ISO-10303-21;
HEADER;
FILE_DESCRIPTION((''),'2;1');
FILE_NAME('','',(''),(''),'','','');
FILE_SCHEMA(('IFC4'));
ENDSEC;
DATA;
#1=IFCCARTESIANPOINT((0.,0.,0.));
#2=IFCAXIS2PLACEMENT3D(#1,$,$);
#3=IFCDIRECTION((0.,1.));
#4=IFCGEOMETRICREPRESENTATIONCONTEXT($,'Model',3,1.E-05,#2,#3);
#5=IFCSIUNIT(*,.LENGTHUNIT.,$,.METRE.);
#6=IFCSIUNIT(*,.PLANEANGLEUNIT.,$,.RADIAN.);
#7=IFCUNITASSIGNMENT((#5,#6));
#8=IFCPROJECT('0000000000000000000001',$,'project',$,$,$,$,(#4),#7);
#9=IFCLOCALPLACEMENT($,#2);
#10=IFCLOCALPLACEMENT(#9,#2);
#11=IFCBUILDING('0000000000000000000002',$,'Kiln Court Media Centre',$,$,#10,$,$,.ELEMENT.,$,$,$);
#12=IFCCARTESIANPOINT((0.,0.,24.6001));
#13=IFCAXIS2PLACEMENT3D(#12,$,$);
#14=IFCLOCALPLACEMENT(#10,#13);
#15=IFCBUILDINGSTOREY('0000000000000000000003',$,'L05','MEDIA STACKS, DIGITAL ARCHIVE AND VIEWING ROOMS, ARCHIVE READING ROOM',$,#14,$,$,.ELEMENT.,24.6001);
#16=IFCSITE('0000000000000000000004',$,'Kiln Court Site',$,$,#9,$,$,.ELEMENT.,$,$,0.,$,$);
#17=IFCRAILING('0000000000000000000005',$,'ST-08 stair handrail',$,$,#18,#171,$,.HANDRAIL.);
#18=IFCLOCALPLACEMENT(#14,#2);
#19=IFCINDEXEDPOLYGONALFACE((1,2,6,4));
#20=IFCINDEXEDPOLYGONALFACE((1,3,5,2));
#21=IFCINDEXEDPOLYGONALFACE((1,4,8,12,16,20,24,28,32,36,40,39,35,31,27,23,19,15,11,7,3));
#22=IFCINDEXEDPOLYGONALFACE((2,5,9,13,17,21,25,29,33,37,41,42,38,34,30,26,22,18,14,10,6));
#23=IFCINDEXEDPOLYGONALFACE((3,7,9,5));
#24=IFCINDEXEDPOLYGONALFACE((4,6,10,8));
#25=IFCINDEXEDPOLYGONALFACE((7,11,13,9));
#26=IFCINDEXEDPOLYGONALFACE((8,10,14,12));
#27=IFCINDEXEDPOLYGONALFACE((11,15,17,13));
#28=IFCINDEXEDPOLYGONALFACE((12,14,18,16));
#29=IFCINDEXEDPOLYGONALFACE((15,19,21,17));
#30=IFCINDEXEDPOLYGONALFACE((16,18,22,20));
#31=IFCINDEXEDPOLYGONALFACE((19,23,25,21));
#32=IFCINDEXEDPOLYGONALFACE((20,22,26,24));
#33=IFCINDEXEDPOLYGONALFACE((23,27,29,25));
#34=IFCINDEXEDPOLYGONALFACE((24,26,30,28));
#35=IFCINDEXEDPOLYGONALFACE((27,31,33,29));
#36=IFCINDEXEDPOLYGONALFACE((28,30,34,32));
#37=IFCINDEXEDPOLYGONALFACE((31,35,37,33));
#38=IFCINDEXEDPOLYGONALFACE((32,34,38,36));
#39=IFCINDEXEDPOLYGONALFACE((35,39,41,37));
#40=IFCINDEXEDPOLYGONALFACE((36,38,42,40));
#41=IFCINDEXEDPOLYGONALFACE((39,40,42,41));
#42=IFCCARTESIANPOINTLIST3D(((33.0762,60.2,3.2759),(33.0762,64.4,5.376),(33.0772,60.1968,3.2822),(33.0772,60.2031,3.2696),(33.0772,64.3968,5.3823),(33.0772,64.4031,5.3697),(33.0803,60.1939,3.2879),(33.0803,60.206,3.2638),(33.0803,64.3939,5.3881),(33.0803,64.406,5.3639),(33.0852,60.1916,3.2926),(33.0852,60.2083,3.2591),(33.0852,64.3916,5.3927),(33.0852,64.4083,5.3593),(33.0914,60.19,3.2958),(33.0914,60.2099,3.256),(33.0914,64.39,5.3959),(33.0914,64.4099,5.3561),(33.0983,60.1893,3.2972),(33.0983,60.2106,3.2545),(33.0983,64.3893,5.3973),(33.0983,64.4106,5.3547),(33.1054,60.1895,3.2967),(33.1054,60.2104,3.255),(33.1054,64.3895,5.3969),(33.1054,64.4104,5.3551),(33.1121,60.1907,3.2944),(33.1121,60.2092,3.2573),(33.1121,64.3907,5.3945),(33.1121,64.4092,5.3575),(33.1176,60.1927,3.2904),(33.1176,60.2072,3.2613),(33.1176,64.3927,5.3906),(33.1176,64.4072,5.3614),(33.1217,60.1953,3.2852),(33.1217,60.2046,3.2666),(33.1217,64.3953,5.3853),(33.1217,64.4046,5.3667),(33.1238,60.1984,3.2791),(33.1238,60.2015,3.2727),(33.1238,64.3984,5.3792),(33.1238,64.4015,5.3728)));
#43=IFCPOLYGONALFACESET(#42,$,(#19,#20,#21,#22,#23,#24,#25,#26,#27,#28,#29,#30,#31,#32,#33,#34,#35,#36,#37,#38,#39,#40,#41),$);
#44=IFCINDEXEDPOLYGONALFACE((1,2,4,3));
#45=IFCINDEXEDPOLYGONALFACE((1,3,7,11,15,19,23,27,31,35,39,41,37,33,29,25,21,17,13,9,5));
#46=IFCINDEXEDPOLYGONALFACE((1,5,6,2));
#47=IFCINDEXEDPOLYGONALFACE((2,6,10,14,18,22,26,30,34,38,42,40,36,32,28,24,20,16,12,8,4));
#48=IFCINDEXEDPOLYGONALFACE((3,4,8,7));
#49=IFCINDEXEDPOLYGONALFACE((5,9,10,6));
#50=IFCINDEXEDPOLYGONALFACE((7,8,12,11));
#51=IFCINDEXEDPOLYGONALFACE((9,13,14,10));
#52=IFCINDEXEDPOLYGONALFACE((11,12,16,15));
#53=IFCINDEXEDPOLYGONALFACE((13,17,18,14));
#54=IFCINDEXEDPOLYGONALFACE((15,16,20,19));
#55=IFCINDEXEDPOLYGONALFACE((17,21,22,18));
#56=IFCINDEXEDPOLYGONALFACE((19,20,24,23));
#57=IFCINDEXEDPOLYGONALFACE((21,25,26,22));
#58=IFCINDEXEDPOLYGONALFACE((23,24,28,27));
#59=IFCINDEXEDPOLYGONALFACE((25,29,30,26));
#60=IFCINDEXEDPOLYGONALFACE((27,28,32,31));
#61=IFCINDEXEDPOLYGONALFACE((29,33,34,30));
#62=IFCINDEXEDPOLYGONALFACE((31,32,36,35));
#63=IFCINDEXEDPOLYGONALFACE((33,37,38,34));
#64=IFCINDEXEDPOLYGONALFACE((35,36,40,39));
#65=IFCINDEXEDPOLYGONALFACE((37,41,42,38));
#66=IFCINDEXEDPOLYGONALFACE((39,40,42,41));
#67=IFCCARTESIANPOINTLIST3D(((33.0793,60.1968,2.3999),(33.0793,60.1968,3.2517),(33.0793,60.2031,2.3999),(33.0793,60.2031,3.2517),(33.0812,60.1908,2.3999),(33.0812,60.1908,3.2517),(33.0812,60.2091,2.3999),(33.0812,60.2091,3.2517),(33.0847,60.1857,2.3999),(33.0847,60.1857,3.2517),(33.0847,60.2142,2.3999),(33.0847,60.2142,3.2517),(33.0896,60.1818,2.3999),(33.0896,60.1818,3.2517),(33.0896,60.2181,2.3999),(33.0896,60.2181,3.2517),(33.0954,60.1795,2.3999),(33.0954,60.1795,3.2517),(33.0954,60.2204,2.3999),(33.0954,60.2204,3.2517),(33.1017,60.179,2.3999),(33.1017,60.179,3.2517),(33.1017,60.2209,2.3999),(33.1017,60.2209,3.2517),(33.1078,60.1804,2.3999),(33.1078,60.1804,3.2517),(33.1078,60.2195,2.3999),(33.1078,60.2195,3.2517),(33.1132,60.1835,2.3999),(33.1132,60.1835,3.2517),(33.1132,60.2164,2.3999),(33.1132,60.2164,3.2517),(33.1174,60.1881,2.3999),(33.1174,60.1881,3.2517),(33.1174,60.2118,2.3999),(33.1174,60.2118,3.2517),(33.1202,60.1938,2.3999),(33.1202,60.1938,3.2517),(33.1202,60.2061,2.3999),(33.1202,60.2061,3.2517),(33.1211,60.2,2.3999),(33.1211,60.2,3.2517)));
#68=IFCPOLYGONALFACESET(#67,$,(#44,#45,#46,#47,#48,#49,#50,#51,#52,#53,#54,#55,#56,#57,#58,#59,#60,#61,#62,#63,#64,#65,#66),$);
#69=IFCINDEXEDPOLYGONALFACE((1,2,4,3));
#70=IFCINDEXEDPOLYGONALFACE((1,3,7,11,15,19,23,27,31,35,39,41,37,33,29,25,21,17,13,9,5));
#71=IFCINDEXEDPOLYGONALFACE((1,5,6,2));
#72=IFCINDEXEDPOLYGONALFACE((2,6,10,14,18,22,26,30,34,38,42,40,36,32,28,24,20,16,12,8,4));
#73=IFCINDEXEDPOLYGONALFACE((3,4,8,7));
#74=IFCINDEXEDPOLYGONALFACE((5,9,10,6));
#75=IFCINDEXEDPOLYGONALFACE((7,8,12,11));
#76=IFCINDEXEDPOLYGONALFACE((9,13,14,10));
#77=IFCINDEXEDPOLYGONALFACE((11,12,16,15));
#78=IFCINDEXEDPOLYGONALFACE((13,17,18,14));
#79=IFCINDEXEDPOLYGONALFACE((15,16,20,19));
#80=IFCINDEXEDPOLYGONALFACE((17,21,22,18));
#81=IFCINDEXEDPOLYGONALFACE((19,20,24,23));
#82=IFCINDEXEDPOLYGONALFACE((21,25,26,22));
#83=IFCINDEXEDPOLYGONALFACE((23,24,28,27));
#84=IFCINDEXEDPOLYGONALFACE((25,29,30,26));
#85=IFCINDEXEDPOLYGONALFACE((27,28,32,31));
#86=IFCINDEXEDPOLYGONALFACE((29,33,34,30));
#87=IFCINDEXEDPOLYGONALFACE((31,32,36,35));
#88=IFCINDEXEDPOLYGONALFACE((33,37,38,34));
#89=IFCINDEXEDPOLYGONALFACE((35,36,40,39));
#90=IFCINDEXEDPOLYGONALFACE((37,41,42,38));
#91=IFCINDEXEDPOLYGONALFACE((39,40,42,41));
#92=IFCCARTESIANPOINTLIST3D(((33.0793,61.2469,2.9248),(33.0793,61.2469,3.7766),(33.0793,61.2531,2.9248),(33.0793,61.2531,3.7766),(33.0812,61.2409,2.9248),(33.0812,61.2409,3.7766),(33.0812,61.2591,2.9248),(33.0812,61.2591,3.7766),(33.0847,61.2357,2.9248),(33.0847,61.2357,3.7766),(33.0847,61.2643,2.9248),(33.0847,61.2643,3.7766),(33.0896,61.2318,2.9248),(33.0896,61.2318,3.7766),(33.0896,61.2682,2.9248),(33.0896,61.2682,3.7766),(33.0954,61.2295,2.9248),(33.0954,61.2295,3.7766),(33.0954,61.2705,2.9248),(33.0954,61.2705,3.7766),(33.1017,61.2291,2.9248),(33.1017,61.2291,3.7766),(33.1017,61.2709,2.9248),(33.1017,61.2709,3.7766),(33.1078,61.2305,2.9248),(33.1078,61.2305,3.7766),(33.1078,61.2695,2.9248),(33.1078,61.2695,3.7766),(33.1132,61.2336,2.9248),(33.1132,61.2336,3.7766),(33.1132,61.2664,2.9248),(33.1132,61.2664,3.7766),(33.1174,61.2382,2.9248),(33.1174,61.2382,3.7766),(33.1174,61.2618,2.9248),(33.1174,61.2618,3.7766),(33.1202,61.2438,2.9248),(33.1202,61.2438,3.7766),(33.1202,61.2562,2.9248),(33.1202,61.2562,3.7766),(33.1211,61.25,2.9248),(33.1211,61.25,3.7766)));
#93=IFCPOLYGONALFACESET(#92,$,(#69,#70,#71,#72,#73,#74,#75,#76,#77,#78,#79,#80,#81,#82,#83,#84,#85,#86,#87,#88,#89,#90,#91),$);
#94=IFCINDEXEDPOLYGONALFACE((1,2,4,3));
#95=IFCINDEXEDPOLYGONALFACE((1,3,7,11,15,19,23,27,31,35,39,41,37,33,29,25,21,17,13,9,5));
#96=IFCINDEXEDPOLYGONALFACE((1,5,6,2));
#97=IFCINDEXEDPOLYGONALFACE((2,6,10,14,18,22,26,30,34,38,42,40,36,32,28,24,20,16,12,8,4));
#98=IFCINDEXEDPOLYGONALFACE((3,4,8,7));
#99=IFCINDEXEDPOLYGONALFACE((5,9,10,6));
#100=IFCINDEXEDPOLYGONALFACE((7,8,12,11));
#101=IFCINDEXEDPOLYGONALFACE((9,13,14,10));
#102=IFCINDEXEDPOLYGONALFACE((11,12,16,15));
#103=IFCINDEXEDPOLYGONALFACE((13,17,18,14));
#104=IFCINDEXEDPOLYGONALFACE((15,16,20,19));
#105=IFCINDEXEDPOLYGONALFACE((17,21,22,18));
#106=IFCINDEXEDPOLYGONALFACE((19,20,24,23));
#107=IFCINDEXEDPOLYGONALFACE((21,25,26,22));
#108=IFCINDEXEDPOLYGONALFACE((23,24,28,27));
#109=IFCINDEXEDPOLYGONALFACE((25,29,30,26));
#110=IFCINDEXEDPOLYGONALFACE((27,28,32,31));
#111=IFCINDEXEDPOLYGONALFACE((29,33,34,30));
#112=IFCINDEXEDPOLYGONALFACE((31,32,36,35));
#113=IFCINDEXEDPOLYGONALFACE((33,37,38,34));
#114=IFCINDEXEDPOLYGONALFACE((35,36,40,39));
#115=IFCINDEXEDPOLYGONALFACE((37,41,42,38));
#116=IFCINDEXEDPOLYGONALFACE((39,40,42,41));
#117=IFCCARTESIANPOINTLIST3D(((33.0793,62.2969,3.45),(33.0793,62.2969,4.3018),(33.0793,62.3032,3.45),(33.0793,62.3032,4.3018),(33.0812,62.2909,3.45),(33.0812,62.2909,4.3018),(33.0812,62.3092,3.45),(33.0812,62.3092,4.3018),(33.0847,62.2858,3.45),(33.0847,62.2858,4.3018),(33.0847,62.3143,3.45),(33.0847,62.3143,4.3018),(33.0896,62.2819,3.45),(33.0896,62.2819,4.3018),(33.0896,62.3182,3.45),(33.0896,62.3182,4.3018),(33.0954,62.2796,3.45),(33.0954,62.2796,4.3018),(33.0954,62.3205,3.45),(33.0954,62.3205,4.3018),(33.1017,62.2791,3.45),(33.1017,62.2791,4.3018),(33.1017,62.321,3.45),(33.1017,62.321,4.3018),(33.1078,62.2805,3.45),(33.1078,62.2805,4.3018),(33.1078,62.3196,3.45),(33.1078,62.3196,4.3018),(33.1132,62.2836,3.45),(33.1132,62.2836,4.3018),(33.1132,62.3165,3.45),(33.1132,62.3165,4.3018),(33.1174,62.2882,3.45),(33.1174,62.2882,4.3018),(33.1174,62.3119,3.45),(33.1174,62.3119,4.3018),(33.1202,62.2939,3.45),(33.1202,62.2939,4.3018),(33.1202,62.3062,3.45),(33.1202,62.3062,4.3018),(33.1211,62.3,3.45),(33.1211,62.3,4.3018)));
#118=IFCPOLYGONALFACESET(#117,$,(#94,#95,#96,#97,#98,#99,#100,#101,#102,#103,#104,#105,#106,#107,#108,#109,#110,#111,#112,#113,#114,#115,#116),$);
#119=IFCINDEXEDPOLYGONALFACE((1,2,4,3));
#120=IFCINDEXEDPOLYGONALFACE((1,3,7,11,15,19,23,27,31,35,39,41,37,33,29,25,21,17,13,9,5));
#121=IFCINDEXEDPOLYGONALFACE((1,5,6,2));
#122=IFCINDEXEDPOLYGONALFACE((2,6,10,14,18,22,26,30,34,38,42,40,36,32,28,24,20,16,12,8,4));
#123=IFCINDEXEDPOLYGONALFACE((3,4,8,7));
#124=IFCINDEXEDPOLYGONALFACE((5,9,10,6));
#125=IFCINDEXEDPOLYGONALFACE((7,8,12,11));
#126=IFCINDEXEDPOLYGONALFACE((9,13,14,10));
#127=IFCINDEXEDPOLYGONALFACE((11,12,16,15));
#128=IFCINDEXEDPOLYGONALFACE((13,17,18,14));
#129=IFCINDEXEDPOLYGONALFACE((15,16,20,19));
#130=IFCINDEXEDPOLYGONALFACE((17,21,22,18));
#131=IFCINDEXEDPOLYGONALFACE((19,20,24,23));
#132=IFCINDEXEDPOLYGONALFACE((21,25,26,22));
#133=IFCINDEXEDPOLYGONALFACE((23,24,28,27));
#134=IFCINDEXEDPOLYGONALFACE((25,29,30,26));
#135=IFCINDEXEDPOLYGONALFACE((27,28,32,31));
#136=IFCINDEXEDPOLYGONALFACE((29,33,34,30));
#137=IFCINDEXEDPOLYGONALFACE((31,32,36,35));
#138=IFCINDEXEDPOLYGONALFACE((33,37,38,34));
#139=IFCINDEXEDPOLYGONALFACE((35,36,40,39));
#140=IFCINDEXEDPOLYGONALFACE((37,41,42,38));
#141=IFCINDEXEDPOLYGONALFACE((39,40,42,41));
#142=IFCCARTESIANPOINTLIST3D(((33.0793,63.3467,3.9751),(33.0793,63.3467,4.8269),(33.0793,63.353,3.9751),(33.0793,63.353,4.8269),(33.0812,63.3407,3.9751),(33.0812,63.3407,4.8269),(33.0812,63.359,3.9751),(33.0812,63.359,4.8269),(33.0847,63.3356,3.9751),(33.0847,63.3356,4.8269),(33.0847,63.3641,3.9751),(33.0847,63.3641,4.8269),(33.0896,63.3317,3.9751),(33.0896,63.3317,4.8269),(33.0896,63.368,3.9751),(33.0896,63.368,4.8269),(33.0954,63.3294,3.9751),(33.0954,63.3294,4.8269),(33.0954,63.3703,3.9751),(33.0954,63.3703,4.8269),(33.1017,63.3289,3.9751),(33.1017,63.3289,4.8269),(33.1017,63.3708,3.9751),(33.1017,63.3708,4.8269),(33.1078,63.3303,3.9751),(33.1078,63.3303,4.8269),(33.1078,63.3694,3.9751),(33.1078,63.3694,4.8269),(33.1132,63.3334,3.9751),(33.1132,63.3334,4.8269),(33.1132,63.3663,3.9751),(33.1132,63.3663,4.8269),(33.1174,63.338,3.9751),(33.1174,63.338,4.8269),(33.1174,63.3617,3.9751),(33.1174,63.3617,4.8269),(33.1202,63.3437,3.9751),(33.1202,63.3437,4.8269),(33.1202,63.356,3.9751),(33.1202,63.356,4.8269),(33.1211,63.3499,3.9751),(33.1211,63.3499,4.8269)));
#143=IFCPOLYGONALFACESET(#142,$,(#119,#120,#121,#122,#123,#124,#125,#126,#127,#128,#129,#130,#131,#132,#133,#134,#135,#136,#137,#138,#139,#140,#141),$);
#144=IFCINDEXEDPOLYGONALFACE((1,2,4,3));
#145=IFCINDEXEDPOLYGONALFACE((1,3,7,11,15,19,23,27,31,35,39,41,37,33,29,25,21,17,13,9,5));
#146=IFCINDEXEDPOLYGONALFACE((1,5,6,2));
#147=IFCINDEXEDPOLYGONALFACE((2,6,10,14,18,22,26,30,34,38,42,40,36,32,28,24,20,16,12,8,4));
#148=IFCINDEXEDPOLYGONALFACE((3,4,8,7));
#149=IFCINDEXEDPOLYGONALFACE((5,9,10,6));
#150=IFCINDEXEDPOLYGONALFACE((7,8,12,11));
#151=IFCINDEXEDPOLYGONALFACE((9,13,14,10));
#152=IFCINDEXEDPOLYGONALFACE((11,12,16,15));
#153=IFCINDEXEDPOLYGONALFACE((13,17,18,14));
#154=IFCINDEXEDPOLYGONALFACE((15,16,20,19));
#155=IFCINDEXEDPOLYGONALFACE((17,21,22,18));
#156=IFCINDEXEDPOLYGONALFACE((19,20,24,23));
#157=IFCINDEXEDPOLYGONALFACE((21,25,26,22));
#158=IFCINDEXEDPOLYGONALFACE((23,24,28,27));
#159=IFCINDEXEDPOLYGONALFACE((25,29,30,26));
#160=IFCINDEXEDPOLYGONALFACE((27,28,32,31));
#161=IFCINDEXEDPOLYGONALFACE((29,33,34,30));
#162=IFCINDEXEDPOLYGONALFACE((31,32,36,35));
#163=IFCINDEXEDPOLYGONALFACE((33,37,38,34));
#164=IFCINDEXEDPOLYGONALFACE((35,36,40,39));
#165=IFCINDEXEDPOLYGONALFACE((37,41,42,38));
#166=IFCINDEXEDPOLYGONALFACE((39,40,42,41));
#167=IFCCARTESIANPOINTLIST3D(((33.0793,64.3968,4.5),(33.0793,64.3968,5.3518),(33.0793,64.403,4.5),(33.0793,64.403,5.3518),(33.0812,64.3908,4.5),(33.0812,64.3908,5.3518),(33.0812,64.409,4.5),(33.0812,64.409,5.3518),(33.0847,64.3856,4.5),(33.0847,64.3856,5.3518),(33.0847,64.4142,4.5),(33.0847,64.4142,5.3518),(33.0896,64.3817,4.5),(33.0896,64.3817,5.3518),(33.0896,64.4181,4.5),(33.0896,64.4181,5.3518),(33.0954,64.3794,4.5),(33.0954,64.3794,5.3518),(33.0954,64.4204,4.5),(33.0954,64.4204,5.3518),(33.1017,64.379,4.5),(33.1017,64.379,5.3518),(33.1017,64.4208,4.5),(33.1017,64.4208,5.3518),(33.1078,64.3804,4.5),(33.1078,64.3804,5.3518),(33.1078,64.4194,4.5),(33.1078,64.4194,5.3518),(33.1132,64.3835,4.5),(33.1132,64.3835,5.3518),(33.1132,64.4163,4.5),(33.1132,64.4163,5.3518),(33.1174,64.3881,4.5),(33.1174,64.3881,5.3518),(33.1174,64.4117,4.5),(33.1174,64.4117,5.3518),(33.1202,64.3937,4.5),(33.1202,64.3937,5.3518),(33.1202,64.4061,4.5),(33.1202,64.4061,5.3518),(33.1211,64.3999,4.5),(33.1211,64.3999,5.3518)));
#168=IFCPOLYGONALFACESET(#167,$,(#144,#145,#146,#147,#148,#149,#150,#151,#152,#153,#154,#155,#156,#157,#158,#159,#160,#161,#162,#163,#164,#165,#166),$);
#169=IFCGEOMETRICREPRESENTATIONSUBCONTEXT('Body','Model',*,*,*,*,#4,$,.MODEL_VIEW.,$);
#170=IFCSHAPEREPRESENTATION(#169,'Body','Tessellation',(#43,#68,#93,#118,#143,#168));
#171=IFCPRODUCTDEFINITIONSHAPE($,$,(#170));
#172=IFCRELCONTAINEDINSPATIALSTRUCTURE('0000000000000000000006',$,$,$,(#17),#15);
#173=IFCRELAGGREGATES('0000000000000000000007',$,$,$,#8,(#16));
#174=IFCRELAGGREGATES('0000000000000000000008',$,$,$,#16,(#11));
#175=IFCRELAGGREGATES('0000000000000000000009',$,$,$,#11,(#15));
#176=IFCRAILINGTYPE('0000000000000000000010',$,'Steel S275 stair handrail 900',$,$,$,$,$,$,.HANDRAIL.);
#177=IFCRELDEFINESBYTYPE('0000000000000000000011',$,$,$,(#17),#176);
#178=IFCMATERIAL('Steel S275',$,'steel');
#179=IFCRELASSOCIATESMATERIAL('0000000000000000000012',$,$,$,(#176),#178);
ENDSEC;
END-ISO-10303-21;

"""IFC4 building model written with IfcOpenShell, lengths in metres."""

from ifc_helpers import new_model, si_unit, direction, frame, origin, origin_2d, place, context, subcontext, project, spatial, circle, extrude, material, type_object, element, save


model = new_model("IFC4")

# Units and contexts
model_context = context("Model", 3, precision=1e-05, world=origin(), true_north=direction((0.0, 1.0)))
body_context = subcontext(model_context, "Body", "Model", "MODEL_VIEW")
ifc_project = project(units=[si_unit("LENGTHUNIT", "METRE"), si_unit("PLANEANGLEUNIT", "RADIAN")], contexts=[model_context])

# Site, building, storey
site_placement = place(None, origin())
site = spatial("IfcSite", under=ifc_project, at=site_placement, Name="Kiln Court Site", CompositionType="ELEMENT", RefElevation=0.0)
building_placement = place(site_placement, origin())
building = spatial("IfcBuilding", under=site, at=building_placement, Name="Kiln Court Media Centre", CompositionType="ELEMENT")
storey_placement = place(building_placement, frame((0.0, 0.0, 24.6001)))
storey = spatial("IfcBuildingStorey", under=building, at=storey_placement, Name="L05", Description="MEDIA STACKS, DIGITAL ARCHIVE AND VIEWING ROOMS, ARCHIVE READING ROOM", CompositionType="ELEMENT", Elevation=24.6001)

# Railing
ifc_material_1 = material(Name="Steel S275", Category="steel")
railing_type_1 = type_object("IfcRailingType", Name="Steel S275 stair handrail 900", PredefinedType="HANDRAIL", material=ifc_material_1)
railing_placement = place(storey_placement, frame((33.1001, 60.2, 2.3999)))
element("IfcRailing", 1, at=railing_placement, inside=storey, type_object=railing_type_1, Name="ST-08 stair handrail", PredefinedType="HANDRAIL", context=body_context, shape_type="SweptSolid", body=[
    extrude(circle(Radius=0.0239, at=origin_2d()), frame((0.0, 0.0, 0.876), z_axis=(0.0, 0.894417, 0.447234), x_axis=(-1.0, 0.0, 0.0)), (0.0, 0.0, 1.0), 4.6958),
    extrude(circle(Radius=0.021, at=origin_2d()), origin(), (0.0, 0.0, 1.0), 0.8518),
    extrude(circle(Radius=0.021, at=origin_2d()), frame((0.0, 1.05, 0.5249)), (0.0, 0.0, 1.0), 0.8518),
    extrude(circle(Radius=0.021, at=origin_2d()), frame((0.0, 2.1001, 1.05)), (0.0, 0.0, 1.0), 0.8518),
    extrude(circle(Radius=0.021, at=origin_2d()), frame((0.0, 3.1499, 1.5752)), (0.0, 0.0, 1.0), 0.8518),
    extrude(circle(Radius=0.021, at=origin_2d()), frame((0.0, 4.2, 2.1001)), (0.0, 0.0, 1.0), 0.8518),
])

save(model, "model.ifc")
